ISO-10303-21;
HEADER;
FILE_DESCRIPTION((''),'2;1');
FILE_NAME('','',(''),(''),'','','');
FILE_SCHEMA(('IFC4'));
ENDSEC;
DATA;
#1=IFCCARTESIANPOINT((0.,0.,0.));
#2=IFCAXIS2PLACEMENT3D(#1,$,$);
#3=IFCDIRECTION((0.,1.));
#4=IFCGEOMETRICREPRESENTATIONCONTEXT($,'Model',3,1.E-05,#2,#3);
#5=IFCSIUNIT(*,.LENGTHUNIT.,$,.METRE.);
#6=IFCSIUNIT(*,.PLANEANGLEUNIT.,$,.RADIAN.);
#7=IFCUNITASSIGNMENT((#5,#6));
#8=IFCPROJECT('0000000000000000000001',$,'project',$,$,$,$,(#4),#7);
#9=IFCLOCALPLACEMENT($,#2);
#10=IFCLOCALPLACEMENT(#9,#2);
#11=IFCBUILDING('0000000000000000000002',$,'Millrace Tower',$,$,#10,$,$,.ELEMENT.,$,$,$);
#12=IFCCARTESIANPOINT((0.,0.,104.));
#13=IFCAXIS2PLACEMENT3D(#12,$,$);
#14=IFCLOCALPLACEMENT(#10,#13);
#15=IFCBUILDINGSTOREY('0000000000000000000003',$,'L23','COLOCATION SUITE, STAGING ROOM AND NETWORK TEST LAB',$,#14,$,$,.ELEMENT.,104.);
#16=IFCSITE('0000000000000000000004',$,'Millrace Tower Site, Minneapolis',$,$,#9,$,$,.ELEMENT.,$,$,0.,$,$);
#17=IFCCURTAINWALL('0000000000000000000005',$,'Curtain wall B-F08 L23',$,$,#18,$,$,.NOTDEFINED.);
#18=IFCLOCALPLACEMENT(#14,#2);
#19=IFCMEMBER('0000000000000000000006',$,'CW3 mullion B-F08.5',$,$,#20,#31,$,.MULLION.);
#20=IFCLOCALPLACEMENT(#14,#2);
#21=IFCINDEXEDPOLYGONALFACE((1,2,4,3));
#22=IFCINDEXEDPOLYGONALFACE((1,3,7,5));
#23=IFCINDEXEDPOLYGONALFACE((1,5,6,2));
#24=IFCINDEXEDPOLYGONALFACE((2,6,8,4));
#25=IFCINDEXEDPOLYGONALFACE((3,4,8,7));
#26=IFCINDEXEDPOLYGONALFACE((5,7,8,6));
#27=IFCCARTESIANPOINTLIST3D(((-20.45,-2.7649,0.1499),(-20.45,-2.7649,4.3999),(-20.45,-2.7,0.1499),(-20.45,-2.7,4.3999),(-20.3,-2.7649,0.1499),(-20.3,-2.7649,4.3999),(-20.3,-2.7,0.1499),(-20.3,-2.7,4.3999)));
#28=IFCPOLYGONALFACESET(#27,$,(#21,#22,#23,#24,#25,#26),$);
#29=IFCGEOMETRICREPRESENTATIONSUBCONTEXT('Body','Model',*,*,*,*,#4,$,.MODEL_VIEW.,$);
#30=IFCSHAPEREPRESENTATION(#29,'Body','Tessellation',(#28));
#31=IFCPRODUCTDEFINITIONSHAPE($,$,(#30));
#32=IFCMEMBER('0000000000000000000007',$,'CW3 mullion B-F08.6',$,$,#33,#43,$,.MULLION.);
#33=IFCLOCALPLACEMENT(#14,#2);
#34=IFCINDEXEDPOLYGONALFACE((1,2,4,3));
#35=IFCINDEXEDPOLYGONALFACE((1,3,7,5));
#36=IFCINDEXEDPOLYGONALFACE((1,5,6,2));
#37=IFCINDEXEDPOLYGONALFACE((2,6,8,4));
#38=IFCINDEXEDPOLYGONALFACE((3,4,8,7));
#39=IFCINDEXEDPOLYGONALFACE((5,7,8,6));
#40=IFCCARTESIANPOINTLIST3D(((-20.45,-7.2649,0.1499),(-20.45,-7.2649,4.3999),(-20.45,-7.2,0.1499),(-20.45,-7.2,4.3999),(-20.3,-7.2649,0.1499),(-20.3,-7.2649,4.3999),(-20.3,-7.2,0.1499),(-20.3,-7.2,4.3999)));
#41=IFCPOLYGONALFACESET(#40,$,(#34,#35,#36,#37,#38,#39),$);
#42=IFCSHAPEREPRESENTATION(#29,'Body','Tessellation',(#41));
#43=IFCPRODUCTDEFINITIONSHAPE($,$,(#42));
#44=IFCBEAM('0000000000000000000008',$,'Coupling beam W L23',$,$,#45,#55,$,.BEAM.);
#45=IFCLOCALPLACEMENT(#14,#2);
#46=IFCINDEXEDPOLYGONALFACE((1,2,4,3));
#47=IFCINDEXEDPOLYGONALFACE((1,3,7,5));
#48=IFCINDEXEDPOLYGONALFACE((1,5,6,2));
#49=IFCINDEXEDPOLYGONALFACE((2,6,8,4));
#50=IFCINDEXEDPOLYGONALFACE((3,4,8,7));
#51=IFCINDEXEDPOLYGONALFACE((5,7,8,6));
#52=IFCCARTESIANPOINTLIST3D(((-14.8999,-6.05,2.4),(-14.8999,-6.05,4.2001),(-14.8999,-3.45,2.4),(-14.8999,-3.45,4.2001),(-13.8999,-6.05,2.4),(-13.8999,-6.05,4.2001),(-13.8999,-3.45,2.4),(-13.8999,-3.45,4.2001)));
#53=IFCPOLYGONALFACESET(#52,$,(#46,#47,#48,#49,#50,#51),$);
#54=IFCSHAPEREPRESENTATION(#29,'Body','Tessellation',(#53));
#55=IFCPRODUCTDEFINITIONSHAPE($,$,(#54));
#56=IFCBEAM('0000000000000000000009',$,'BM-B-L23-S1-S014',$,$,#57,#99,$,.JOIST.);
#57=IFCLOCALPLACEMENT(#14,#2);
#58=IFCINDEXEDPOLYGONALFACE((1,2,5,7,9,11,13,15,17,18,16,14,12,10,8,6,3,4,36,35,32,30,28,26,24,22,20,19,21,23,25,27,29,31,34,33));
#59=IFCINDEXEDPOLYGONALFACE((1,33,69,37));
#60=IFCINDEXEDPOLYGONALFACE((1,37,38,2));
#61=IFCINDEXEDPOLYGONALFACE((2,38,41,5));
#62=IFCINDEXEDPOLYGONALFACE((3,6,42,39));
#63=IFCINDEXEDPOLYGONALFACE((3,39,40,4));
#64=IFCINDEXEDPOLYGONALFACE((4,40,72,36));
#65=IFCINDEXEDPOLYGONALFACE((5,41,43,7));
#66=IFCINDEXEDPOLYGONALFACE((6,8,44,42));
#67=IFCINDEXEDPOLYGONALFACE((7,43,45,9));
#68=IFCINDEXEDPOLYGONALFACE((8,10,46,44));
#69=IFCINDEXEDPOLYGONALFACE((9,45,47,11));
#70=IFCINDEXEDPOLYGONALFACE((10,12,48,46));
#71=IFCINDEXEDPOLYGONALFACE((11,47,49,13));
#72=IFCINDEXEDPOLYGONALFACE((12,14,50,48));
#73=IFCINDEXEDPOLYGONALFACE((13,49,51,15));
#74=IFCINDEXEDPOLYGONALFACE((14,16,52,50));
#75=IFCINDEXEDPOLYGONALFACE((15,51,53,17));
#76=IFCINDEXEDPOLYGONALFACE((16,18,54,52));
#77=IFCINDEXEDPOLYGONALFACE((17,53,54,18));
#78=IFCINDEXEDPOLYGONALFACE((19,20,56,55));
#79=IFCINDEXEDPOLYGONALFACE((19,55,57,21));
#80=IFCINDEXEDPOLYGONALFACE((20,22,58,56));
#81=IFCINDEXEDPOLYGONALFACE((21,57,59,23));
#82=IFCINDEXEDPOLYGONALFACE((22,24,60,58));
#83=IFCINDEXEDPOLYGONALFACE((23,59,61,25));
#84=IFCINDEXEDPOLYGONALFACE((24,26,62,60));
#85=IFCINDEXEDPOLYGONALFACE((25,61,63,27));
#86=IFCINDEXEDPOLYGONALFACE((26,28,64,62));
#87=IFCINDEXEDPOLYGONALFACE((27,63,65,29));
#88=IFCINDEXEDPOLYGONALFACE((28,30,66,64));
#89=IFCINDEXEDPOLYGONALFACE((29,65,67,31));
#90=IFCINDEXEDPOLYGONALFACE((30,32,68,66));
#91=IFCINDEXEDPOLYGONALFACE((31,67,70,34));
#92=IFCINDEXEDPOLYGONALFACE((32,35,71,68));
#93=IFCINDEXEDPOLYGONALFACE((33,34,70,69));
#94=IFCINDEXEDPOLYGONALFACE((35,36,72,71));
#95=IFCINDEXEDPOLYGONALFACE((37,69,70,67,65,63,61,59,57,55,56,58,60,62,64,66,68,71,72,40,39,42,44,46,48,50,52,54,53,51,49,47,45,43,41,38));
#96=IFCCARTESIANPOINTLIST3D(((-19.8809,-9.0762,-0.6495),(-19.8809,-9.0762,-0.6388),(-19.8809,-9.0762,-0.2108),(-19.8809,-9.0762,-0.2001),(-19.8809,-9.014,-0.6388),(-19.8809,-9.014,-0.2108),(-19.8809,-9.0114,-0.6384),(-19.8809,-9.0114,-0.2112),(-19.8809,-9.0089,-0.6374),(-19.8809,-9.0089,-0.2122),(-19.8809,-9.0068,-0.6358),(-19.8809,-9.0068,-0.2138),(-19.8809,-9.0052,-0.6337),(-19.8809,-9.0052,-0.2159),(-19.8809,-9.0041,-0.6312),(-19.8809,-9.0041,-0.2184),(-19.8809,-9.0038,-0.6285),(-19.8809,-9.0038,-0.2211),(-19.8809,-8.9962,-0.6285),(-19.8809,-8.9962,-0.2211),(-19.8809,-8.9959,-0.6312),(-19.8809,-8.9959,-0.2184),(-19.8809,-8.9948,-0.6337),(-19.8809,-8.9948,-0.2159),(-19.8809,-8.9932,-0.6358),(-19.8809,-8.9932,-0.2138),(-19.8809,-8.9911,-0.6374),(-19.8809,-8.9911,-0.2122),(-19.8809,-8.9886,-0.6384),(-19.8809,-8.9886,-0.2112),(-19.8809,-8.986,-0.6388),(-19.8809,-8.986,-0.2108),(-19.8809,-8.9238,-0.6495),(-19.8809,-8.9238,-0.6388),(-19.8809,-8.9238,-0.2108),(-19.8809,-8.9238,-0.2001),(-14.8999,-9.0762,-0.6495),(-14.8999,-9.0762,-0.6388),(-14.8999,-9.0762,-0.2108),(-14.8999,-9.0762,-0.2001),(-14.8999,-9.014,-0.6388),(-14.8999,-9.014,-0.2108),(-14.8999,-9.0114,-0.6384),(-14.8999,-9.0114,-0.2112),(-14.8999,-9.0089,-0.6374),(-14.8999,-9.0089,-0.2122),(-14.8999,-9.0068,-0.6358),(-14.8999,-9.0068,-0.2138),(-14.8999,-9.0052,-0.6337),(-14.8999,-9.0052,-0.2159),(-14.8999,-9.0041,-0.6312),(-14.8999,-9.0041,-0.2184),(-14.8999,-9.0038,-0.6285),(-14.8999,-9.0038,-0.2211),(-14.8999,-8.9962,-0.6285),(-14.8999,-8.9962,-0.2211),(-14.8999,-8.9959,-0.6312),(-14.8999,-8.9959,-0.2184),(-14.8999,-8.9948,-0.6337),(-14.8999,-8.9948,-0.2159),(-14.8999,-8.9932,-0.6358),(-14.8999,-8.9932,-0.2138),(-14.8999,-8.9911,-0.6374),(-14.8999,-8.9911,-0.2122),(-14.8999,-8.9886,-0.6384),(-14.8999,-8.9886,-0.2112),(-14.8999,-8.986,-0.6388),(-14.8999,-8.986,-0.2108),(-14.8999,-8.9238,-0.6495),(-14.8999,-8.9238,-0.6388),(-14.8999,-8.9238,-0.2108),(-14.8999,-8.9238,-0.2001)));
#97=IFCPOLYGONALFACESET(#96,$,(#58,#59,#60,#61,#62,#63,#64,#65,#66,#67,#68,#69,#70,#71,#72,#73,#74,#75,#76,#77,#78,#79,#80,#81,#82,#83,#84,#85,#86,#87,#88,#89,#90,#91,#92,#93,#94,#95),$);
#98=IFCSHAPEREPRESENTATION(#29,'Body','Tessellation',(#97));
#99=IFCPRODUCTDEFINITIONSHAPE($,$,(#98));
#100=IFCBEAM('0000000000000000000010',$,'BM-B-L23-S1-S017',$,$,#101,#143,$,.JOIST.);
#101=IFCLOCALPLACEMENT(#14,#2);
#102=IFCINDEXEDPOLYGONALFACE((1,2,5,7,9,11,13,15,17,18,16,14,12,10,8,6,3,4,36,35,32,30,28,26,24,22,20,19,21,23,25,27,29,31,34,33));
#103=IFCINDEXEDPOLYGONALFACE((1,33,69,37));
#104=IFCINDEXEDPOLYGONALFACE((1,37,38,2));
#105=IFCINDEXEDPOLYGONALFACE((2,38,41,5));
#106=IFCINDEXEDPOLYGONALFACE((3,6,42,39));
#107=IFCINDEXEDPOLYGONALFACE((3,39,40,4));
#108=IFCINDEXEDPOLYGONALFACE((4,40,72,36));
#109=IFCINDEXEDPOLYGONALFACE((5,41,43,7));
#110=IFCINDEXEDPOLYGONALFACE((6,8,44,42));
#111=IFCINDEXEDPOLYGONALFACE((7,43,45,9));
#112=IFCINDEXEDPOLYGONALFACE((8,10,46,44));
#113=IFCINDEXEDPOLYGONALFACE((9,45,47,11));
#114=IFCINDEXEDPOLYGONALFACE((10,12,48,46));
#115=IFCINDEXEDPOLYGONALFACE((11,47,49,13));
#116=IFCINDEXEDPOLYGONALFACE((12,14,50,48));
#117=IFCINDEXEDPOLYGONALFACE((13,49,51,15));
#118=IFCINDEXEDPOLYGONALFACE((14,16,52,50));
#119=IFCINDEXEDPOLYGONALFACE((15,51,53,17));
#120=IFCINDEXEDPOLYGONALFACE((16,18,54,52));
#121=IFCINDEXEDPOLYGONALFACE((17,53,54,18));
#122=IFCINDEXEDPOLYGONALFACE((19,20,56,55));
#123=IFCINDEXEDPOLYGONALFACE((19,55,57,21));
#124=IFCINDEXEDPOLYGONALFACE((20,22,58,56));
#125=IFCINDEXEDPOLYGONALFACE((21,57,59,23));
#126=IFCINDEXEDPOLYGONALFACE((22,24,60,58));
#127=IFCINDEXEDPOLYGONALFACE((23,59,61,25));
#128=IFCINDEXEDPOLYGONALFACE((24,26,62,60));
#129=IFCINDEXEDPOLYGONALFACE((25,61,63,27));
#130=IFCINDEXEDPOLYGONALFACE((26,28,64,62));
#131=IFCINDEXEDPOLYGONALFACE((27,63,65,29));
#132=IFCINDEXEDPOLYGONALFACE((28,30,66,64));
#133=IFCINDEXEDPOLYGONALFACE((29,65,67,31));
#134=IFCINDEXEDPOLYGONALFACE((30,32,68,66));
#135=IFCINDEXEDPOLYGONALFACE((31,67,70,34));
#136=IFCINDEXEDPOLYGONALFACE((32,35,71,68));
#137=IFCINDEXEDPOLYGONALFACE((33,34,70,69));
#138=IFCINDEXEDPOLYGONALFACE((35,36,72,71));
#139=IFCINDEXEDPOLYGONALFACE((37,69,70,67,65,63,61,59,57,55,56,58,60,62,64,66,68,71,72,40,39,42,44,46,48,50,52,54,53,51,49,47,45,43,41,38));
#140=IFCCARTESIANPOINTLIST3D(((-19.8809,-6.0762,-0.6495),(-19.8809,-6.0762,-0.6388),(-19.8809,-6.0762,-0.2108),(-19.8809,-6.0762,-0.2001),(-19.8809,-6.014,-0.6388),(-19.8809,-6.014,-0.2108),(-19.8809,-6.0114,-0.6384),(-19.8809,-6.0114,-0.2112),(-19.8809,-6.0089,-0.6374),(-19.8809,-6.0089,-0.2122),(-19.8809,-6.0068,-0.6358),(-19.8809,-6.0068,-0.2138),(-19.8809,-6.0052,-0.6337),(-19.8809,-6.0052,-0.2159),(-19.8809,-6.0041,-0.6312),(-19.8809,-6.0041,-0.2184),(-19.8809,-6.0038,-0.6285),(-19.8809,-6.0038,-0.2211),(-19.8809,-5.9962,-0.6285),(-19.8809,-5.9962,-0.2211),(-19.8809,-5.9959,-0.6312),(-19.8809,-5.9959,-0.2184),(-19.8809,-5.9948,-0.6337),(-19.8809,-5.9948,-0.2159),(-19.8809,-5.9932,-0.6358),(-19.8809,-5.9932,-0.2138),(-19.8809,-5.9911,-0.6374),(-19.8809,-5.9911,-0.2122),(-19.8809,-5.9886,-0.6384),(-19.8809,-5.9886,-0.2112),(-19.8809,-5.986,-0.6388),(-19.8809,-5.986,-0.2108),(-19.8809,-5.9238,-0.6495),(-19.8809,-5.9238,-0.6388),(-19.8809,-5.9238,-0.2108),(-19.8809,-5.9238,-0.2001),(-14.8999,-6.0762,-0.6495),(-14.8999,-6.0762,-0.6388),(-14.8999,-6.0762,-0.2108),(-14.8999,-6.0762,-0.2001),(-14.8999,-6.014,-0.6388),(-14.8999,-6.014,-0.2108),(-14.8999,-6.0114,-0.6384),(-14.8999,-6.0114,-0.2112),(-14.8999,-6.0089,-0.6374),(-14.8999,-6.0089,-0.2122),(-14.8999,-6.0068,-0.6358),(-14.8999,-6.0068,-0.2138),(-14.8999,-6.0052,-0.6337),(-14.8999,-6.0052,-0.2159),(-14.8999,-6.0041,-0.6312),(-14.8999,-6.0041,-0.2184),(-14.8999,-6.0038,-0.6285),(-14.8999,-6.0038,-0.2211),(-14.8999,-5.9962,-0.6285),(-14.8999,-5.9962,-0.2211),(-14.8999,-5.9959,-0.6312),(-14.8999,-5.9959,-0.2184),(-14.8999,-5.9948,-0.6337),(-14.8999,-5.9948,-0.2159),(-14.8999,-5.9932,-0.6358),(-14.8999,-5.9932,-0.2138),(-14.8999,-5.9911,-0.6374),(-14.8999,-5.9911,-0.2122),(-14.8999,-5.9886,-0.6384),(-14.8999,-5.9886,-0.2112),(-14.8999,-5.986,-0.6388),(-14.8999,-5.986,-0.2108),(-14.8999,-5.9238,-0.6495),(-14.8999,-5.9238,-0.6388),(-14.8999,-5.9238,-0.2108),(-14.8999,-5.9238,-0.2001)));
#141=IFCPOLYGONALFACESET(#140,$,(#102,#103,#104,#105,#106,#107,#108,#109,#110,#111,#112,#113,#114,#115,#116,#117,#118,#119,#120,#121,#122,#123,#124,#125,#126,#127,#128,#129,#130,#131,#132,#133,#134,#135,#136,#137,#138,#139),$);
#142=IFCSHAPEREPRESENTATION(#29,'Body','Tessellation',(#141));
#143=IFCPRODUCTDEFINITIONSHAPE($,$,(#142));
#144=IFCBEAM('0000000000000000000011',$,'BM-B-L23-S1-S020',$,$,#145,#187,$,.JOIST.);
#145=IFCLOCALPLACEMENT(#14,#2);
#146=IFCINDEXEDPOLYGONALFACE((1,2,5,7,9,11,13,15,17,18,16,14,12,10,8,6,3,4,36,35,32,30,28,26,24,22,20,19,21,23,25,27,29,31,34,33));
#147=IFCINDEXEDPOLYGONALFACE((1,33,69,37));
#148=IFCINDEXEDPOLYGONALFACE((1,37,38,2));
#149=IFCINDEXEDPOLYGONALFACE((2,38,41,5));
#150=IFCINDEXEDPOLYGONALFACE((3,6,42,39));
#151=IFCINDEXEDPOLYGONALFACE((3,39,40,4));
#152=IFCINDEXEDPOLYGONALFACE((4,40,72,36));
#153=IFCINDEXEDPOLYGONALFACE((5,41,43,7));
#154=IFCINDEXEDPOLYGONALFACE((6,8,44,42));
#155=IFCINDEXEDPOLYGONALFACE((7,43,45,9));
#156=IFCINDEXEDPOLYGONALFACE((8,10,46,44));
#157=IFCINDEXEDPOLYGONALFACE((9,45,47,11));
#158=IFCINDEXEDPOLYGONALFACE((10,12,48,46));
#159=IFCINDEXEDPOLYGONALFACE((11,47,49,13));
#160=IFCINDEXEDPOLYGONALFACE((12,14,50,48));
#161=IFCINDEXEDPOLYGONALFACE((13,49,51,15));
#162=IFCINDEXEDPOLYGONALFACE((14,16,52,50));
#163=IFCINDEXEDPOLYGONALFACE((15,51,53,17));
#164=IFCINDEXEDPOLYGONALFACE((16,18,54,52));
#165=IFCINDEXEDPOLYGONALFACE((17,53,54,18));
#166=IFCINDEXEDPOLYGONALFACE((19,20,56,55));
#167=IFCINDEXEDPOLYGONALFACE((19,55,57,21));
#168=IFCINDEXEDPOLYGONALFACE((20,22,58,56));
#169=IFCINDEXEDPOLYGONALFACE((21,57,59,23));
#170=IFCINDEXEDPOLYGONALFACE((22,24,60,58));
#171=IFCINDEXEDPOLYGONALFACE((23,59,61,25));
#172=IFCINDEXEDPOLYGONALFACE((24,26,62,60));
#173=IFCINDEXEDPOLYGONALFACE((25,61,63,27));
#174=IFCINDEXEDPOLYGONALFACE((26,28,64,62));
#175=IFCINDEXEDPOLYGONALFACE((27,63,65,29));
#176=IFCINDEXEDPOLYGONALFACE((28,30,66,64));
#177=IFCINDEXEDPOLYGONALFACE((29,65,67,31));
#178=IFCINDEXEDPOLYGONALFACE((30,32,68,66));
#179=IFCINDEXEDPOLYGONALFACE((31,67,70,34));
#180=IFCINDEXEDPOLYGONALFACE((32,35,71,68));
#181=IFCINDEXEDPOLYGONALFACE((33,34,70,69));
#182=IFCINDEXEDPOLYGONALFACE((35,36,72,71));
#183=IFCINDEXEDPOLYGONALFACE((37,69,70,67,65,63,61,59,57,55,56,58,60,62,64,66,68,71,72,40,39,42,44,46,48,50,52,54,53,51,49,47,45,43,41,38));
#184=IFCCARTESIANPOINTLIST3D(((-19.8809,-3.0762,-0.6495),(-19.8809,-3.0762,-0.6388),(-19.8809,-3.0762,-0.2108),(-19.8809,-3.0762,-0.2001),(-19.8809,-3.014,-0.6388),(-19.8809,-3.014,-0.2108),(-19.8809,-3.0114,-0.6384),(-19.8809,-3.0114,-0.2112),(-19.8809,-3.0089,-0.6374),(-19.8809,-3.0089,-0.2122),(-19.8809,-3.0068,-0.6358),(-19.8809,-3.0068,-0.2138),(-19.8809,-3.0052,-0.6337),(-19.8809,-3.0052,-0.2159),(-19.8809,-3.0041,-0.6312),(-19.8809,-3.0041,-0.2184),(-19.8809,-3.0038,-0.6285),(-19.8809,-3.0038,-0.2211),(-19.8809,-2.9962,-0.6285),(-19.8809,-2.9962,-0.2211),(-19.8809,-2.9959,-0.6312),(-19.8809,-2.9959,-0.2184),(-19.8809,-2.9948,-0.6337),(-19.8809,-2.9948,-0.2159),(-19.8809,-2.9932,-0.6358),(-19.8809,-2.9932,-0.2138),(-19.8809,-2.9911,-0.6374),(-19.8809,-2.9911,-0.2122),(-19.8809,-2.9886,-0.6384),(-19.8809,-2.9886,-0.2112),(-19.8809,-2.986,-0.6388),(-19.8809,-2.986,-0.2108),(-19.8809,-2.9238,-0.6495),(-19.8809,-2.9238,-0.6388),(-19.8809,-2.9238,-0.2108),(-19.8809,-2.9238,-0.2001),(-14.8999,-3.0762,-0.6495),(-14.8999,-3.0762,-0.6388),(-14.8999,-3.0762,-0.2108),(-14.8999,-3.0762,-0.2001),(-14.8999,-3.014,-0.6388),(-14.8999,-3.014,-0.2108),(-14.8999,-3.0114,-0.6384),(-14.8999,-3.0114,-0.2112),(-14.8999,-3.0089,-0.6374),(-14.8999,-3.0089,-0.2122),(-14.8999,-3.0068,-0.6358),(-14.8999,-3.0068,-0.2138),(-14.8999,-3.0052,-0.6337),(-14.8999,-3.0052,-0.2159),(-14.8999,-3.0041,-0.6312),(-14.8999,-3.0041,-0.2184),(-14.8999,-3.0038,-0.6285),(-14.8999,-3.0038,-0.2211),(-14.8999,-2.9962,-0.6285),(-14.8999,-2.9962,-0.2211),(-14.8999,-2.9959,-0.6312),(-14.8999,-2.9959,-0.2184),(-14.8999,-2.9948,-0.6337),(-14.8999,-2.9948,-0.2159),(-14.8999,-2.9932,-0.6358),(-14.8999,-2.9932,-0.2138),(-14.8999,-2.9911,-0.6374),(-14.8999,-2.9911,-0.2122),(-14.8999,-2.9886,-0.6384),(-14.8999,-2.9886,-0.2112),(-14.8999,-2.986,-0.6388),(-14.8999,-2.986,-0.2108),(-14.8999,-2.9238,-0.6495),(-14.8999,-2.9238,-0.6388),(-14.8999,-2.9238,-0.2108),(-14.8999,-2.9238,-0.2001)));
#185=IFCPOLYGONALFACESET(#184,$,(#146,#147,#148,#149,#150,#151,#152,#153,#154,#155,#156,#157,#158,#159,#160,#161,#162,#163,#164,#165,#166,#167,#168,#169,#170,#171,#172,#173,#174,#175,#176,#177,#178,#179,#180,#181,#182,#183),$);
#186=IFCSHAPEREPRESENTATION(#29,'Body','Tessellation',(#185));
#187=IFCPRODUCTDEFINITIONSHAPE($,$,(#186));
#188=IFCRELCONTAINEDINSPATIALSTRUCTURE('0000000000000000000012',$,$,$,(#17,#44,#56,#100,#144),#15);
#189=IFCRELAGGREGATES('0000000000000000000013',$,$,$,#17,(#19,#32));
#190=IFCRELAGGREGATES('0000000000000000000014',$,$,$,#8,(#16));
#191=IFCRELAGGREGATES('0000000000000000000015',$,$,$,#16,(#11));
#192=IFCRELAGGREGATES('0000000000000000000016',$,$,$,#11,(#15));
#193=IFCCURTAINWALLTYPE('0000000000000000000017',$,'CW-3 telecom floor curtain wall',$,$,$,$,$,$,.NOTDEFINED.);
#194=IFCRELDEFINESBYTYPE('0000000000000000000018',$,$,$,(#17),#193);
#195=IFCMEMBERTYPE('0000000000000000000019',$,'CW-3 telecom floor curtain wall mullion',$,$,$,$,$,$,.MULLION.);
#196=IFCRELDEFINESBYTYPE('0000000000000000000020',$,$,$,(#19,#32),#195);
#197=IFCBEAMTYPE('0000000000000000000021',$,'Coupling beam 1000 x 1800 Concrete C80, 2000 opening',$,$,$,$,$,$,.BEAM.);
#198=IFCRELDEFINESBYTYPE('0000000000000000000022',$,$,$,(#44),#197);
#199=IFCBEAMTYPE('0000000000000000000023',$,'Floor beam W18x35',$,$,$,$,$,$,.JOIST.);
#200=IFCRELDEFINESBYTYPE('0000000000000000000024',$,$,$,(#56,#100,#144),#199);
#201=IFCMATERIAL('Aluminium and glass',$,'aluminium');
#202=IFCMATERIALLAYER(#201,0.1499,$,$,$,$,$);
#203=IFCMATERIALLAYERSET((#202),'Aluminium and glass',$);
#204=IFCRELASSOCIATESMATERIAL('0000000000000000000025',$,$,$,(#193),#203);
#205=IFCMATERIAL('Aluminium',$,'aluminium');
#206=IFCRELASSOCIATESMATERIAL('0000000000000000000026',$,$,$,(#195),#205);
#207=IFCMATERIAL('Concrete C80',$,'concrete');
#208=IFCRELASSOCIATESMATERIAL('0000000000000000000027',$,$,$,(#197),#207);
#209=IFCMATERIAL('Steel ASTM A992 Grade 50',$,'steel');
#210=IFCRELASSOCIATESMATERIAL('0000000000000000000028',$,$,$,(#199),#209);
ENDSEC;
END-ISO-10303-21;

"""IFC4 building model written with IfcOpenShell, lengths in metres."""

from ifc_helpers import new_model, si_unit, direction, frame, origin, origin_2d, place, context, subcontext, project, spatial, rectangle, i_section, extrude, material, layer, layer_set, material_profile, profile_set, type_object, element, aggregate, save


model = new_model("IFC4")

# Units and contexts
model_context = context("Model", 3, precision=1e-05, world=origin(), true_north=direction((0.0, 1.0)))
body_context = subcontext(model_context, "Body", "Model", "MODEL_VIEW")
ifc_project = project(units=[si_unit("LENGTHUNIT", "METRE"), si_unit("PLANEANGLEUNIT", "RADIAN")], contexts=[model_context])

# Site, building, storey
site_placement = place(None, origin())
site = spatial("IfcSite", under=ifc_project, at=site_placement, Name="Millrace Tower Site, Minneapolis", CompositionType="ELEMENT", RefElevation=0.0)
building_placement = place(site_placement, origin())
building = spatial("IfcBuilding", under=site, at=building_placement, Name="Millrace Tower", CompositionType="ELEMENT")
storey_placement = place(building_placement, frame((0.0, 0.0, 104.0)))
storey = spatial("IfcBuildingStorey", under=building, at=storey_placement, Name="L23", Description="COLOCATION SUITE, STAGING ROOM AND NETWORK TEST LAB", CompositionType="ELEMENT", Elevation=104.0)

# Curtain wall, members
ifc_material_1 = material(Name="Aluminium and glass", Category="aluminium")
ifc_layer_1 = layer(ifc_material_1, 0.1499)
ifc_layer_set_1 = layer_set([ifc_layer_1], Name="Aluminium and glass")
curtain_wall_type = type_object("IfcCurtainWallType", Name="CW-3 telecom floor curtain wall", PredefinedType="NOTDEFINED", material=ifc_layer_set_1)
curtain_wall_placement = place(storey_placement, origin())
curtain_wall = element("IfcCurtainWall", 1, at=curtain_wall_placement, inside=storey, type_object=curtain_wall_type, Name="Curtain wall B-F08 L23", PredefinedType="NOTDEFINED")
ifc_material_2 = material(Name="Aluminium", Category="aluminium")
ifc_material_profile_1 = material_profile(ifc_material_2, rectangle(XDim=0.0649, YDim=0.1499, at=origin_2d()))
ifc_profile_set_1 = profile_set([ifc_material_profile_1], Name="Aluminium")
member_type = type_object("IfcMemberType", Name="CW-3 telecom floor curtain wall mullion", PredefinedType="MULLION", material=ifc_profile_set_1)
member_1_placement = place(storey_placement, frame((-20.375, -2.7324, 0.1499), z_axis=(0.0, 0.0, 1.0), x_axis=(0.0, -1.0, 0.0)))
member_1 = element("IfcMember", 2, at=member_1_placement, type_object=member_type, Name="CW3 mullion B-F08.5", PredefinedType="MULLION", context=body_context, shape_type="SweptSolid", body=[
    extrude(rectangle(XDim=0.0649, YDim=0.1499, at=origin_2d()), origin(), (0.0, 0.0, 1.0), 4.25),
])
member_2_placement = place(storey_placement, frame((-20.375, -7.2324, 0.1499), z_axis=(0.0, 0.0, 1.0), x_axis=(0.0, -1.0, 0.0)))
member_2 = element("IfcMember", 3, at=member_2_placement, type_object=member_type, Name="CW3 mullion B-F08.6", PredefinedType="MULLION", context=body_context, shape_type="SweptSolid", body=[
    extrude(rectangle(XDim=0.0649, YDim=0.1499, at=origin_2d()), origin(), (0.0, 0.0, 1.0), 4.25),
])
aggregate(curtain_wall, [member_1, member_2])

# Beams
ifc_material_3 = material(Name="Concrete C80", Category="concrete")
ifc_material_profile_2 = material_profile(ifc_material_3, rectangle(XDim=1.0, YDim=1.8, at=origin_2d()))
ifc_profile_set_2 = profile_set([ifc_material_profile_2], Name="Concrete C80")
beam_type_1 = type_object("IfcBeamType", Name="Coupling beam 1000 x 1800 Concrete C80, 2000 opening", PredefinedType="BEAM", material=ifc_profile_set_2)
beam_1_placement = place(storey_placement, frame((-14.3999, -6.05, 3.3), z_axis=(0.0, 1.0, 0.0), x_axis=(-1.0, 0.0, 0.0)))
element("IfcBeam", 4, at=beam_1_placement, inside=storey, type_object=beam_type_1, Name="Coupling beam W L23", PredefinedType="BEAM", context=body_context, shape_type="SweptSolid", body=[
    extrude(rectangle(XDim=1.0, YDim=1.8, at=origin_2d()), origin(), (0.0, 0.0, 1.0), 2.6001),
])
ifc_material_4 = material(Name="Steel ASTM A992 Grade 50", Category="steel")
ifc_material_profile_3 = material_profile(ifc_material_4, i_section(OverallWidth=0.1523, OverallDepth=0.4495, WebThickness=0.0076, FlangeThickness=0.0107, FilletRadius=0.0103, at=origin_2d()))
ifc_profile_set_3 = profile_set([ifc_material_profile_3], Name="Steel ASTM A992 Grade 50")
beam_type_2 = type_object("IfcBeamType", Name="Floor beam W18x35", PredefinedType="JOIST", material=ifc_profile_set_3)
for number, where, z_axis, x_axis, name in (
    (5, (-19.8809, -9.0, -0.4248), (1.0, 0.0, 0.0), (0.0, 1.0, 0.0), "BM-B-L23-S1-S014"),
    (6, (-19.8809, -6.0, -0.4248), (1.0, 0.0, 0.0), (0.0, 1.0, 0.0), "BM-B-L23-S1-S017"),
    (7, (-19.8809, -3.0, -0.4248), (1.0, 0.0, 0.0), (0.0, 1.0, 0.0), "BM-B-L23-S1-S020"),
):
    element("IfcBeam", number, at=place(storey_placement, frame(where, z_axis=z_axis, x_axis=x_axis)), inside=storey, type_object=beam_type_2, Name=name, PredefinedType="JOIST", context=body_context, shape_type="SweptSolid", body=[
        extrude(i_section(OverallWidth=0.1523, OverallDepth=0.4495, WebThickness=0.0076, FlangeThickness=0.0107, FilletRadius=0.0103, at=origin_2d()), origin(), (0.0, 0.0, 1.0), 4.981),
    ])

save(model, "model.ifc")
